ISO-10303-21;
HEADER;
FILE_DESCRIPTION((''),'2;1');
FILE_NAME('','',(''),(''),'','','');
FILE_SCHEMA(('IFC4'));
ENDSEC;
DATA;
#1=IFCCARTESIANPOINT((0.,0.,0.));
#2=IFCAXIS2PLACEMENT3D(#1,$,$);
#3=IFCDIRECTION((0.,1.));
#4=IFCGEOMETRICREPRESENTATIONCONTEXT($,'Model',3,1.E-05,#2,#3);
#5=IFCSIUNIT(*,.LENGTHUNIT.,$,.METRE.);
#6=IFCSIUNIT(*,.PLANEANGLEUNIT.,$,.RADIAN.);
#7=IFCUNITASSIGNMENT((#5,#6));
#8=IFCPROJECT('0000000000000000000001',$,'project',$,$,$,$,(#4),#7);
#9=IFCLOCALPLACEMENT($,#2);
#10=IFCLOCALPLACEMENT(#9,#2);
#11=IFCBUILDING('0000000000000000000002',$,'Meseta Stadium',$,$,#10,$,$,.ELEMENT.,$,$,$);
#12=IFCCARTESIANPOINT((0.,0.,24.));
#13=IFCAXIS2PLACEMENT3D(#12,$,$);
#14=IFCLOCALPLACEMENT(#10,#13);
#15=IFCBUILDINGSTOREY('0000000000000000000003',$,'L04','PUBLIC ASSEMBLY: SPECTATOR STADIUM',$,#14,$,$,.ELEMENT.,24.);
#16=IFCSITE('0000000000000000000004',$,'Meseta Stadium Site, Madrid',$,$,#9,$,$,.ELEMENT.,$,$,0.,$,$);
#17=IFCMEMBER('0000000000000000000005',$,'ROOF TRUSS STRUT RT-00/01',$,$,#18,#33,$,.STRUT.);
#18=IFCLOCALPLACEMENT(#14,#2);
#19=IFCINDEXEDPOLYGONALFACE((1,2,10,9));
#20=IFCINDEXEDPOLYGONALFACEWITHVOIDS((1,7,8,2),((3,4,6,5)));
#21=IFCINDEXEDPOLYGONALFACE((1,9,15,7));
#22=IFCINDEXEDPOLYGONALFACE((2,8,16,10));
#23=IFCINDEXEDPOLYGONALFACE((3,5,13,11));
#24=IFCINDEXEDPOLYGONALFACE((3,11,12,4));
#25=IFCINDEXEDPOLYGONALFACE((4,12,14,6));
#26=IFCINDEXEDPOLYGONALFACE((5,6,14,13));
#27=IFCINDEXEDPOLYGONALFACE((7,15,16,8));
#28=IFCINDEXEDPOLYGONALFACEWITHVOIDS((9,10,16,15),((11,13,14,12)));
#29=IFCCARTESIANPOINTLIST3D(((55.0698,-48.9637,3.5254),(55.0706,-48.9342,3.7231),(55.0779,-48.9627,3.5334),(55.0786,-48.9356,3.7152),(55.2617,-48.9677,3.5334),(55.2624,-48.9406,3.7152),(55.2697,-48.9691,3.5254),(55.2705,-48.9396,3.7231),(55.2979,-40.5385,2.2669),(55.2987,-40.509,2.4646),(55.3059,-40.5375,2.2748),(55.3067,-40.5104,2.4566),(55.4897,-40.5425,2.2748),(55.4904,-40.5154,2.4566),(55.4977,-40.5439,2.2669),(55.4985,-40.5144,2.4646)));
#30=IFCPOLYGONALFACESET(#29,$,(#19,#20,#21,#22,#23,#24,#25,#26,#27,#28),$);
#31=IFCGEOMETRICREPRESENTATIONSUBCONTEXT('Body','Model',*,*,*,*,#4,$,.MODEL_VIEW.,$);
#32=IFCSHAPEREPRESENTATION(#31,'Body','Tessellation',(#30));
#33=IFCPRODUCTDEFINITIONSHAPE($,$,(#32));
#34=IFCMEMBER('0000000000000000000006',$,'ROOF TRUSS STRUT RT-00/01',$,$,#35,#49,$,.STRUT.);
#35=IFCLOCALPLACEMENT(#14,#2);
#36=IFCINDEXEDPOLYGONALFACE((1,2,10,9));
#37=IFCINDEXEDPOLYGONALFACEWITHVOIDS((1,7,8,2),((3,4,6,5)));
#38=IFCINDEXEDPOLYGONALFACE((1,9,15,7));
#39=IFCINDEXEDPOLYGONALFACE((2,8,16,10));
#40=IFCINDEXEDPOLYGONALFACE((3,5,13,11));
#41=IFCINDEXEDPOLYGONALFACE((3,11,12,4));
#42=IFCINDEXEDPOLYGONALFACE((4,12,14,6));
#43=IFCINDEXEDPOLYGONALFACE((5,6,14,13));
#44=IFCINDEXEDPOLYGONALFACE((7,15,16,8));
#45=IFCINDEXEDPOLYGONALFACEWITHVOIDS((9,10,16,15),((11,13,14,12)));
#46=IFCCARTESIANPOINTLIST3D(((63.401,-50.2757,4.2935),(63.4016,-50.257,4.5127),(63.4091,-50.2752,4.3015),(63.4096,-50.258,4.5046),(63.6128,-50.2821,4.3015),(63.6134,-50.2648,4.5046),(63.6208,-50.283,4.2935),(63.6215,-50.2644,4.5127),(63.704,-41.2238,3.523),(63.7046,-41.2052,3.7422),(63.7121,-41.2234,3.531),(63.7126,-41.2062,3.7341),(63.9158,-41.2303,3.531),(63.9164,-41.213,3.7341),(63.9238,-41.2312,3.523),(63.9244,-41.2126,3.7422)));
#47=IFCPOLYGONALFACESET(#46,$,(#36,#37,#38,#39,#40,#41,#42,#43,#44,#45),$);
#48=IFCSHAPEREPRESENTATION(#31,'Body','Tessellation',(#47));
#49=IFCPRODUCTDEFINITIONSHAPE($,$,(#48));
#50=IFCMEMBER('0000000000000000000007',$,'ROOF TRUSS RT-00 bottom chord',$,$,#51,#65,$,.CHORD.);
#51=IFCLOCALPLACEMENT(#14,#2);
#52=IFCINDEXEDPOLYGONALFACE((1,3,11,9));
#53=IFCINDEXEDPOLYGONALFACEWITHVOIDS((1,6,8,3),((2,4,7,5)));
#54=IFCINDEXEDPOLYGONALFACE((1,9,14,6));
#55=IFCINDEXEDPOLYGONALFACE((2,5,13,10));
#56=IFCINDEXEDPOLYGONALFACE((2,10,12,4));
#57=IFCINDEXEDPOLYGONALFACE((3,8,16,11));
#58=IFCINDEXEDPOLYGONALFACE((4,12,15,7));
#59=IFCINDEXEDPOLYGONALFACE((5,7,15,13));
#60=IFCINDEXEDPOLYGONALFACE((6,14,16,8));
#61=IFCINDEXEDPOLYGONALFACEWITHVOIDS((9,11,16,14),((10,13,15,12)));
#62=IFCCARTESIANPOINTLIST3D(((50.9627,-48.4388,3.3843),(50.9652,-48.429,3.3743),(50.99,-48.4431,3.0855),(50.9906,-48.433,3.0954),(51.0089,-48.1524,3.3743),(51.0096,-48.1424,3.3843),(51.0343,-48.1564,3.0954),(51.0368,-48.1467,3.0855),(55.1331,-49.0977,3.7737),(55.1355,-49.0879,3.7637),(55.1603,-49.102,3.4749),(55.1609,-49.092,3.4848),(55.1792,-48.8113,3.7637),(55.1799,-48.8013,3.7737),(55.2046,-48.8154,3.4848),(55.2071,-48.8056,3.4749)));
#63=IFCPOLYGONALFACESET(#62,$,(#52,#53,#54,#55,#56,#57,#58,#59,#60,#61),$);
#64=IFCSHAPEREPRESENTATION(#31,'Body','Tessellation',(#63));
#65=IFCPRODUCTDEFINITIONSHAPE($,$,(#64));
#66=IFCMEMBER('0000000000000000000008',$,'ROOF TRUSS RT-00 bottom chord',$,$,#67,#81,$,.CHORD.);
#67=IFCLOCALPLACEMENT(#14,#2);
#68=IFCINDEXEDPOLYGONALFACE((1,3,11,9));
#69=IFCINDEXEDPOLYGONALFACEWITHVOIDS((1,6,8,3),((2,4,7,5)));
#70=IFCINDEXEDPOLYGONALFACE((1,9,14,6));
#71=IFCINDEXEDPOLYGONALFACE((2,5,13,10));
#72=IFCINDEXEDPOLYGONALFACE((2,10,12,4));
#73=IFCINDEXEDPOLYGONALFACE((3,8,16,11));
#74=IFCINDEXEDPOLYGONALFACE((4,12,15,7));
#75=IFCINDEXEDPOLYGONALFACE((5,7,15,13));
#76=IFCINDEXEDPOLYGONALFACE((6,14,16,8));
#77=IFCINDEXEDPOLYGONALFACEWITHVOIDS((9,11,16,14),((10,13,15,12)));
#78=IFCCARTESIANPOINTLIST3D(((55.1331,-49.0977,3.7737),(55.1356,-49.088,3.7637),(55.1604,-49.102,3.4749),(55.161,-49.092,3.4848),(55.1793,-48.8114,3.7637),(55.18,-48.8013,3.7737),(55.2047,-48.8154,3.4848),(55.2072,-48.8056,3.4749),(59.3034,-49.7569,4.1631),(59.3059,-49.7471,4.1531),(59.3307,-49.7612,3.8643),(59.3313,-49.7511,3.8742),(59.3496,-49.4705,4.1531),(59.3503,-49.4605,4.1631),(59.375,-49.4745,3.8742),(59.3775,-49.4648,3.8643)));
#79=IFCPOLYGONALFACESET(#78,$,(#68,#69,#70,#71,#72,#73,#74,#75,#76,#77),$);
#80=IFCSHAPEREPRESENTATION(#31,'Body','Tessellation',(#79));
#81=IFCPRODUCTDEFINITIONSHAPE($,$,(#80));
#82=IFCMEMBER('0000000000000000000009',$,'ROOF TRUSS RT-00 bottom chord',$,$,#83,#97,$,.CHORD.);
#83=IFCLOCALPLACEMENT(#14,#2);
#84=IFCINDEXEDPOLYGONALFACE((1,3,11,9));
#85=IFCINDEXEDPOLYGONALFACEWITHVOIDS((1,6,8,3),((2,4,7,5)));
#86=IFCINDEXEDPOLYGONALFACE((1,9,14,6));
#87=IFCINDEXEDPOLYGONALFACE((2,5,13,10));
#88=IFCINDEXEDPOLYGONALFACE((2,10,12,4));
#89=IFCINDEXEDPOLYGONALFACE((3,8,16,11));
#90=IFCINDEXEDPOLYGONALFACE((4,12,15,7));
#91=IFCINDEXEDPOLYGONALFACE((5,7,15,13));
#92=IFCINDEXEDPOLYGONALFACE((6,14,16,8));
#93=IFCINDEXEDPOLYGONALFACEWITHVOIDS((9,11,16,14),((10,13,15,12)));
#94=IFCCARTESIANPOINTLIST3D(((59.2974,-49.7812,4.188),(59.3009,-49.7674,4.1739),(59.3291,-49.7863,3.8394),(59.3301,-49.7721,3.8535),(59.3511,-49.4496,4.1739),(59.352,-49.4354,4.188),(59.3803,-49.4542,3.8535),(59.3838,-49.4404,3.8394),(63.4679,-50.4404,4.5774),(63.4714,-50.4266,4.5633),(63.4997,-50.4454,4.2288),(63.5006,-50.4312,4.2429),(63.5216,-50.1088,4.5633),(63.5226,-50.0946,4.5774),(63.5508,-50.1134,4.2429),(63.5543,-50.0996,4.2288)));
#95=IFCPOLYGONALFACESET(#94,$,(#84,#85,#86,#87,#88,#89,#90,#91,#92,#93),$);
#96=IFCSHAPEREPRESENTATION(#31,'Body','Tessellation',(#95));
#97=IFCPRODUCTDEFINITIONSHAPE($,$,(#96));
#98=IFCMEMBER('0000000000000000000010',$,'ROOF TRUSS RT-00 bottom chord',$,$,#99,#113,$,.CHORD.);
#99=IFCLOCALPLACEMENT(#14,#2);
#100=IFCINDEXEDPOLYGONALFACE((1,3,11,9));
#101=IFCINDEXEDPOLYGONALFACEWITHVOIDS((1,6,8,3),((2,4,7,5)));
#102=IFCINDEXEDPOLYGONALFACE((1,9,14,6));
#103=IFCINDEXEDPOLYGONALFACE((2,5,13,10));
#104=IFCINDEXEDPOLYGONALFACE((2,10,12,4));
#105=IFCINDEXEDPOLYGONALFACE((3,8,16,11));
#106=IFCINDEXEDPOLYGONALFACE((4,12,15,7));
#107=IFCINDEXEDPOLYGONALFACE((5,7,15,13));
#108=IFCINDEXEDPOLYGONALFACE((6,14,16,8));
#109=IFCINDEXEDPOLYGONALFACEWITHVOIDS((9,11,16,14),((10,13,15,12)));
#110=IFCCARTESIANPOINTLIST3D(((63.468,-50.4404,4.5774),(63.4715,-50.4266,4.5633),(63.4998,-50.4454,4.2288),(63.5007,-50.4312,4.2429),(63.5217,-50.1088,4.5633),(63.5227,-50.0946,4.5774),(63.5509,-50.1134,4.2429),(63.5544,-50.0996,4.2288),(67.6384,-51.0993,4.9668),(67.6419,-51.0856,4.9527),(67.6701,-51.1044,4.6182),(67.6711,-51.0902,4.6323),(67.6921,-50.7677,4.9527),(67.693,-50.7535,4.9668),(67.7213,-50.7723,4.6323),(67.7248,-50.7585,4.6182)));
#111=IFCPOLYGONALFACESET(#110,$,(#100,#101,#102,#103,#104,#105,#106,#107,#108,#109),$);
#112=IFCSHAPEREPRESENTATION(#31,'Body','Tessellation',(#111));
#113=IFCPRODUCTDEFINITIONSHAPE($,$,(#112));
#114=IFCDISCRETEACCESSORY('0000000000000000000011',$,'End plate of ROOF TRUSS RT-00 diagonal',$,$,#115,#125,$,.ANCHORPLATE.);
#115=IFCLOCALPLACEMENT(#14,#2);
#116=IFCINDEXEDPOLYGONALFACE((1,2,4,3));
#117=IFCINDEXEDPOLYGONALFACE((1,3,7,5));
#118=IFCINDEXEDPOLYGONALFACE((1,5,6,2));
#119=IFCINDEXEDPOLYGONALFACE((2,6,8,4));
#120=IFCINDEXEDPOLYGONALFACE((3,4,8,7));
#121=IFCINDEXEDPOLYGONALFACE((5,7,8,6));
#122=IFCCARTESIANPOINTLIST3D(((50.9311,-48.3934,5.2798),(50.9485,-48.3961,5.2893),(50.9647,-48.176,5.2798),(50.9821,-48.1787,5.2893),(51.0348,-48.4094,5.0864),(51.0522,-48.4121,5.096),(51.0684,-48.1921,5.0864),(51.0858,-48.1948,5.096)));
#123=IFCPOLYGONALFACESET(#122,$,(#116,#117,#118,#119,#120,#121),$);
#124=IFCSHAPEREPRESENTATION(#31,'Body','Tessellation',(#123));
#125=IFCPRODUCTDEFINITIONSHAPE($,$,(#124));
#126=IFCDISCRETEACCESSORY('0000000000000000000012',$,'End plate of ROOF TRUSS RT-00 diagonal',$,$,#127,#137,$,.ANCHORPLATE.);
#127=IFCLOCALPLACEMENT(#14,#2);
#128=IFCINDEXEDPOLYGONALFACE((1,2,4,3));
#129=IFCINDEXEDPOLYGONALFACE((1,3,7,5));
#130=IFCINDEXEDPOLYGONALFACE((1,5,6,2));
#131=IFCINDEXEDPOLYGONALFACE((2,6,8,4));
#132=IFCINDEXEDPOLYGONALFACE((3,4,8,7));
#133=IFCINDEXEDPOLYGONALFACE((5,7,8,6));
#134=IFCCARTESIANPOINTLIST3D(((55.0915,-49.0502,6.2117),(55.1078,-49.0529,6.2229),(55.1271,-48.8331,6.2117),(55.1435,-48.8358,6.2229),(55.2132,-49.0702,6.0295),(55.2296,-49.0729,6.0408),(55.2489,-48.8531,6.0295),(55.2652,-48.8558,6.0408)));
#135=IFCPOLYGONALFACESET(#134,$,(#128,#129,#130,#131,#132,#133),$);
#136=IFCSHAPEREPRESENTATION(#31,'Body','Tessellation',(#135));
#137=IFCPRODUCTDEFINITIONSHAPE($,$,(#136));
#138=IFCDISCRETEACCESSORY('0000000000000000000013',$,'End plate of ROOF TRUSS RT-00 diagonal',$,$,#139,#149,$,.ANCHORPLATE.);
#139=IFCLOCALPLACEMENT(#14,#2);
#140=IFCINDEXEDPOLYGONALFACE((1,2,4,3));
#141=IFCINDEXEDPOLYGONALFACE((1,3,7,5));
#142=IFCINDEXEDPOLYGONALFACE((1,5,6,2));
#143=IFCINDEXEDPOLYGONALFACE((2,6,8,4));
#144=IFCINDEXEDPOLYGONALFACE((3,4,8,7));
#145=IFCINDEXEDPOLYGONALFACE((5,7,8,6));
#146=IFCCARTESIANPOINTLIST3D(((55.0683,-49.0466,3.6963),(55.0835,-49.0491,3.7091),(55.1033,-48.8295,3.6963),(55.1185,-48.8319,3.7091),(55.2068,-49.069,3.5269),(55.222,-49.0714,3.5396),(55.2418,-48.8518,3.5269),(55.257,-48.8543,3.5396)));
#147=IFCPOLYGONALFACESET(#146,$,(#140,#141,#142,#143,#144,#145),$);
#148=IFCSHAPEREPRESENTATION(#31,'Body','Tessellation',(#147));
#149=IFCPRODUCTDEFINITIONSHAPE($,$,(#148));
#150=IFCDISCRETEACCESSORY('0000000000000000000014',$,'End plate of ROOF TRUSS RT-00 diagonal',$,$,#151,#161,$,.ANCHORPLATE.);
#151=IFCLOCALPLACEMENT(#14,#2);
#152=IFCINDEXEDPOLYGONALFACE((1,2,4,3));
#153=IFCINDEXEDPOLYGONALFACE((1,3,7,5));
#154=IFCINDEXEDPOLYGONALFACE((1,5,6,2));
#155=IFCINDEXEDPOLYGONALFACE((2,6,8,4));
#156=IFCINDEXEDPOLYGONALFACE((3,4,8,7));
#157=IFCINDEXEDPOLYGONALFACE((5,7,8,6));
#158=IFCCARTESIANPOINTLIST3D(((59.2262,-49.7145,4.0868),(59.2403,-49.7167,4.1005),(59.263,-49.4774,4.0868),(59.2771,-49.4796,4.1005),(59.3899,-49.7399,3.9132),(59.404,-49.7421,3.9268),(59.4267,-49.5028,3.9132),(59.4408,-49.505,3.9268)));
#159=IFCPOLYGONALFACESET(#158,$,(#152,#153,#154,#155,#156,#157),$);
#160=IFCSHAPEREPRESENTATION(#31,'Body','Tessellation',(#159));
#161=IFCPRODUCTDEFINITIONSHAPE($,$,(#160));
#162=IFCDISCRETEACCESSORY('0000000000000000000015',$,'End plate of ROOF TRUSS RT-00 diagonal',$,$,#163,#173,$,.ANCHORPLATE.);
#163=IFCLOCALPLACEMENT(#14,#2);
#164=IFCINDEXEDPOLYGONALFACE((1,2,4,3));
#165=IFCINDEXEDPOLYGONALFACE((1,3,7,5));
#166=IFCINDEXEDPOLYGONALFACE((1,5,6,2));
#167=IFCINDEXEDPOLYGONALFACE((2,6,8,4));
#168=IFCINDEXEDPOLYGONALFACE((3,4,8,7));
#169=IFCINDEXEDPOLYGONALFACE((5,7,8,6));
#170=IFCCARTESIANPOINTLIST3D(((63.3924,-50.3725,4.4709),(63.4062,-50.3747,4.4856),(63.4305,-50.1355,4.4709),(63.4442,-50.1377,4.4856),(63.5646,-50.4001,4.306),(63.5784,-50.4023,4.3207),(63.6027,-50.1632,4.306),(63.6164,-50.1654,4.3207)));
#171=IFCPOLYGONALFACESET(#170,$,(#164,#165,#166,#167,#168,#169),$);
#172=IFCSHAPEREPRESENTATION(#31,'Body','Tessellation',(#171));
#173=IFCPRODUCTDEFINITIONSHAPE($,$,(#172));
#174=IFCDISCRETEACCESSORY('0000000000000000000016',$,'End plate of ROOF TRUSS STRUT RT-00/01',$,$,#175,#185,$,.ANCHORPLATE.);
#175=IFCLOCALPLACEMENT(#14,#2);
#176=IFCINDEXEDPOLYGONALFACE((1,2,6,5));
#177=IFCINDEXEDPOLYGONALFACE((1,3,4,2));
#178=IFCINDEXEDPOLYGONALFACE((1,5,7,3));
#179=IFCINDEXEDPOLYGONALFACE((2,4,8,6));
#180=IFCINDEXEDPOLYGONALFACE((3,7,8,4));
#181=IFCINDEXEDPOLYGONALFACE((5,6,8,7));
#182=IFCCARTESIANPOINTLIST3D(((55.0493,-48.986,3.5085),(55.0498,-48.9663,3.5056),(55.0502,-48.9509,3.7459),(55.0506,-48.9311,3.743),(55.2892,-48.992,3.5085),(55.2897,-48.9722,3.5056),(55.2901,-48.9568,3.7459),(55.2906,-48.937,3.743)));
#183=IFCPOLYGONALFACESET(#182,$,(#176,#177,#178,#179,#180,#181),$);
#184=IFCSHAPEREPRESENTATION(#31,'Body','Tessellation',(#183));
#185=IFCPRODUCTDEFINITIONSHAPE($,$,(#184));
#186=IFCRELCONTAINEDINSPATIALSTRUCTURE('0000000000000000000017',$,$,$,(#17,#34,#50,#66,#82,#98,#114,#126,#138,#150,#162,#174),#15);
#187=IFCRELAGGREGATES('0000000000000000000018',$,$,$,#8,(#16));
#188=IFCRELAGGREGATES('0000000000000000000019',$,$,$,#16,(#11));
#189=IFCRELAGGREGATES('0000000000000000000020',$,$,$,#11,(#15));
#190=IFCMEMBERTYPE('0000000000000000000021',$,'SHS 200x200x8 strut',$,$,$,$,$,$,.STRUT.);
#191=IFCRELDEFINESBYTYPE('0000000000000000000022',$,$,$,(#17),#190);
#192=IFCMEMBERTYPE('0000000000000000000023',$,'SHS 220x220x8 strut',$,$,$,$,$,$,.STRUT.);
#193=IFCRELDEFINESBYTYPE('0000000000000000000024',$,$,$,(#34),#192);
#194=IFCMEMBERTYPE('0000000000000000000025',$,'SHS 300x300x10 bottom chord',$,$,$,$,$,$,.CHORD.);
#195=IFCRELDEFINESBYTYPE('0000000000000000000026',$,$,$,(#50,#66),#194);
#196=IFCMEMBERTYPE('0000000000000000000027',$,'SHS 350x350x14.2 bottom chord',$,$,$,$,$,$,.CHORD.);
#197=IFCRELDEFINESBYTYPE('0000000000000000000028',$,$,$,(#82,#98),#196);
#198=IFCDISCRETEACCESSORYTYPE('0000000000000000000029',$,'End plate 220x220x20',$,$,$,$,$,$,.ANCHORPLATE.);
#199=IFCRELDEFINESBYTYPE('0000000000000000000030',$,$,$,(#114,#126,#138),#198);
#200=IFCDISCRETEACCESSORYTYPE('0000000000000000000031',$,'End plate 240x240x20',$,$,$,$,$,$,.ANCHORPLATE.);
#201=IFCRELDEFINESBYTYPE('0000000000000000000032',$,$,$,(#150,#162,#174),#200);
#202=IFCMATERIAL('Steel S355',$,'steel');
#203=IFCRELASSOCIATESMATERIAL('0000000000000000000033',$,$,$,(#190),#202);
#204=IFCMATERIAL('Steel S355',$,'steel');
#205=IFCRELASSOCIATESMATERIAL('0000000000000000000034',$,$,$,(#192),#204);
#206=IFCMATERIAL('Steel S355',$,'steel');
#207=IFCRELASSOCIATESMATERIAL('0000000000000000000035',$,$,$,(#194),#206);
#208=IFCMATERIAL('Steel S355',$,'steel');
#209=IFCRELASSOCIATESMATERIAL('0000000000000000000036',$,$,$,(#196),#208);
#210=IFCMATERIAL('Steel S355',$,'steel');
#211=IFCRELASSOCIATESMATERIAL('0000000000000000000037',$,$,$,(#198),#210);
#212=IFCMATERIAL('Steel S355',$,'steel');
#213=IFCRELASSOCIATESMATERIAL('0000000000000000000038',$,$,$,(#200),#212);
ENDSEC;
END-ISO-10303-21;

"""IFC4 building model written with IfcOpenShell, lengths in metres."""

from ifc_helpers import new_model, si_unit, direction, frame, origin, origin_2d, place, context, subcontext, project, spatial, rectangle, hollow_rectangle, extrude, material, material_profile, profile_set, type_object, element, save


model = new_model("IFC4")

# Units and contexts
model_context = context("Model", 3, precision=1e-05, world=origin(), true_north=direction((0.0, 1.0)))
body_context = subcontext(model_context, "Body", "Model", "MODEL_VIEW")
ifc_project = project(units=[si_unit("LENGTHUNIT", "METRE"), si_unit("PLANEANGLEUNIT", "RADIAN")], contexts=[model_context])

# Site, building, storey
site_placement = place(None, origin())
site = spatial("IfcSite", under=ifc_project, at=site_placement, Name="Meseta Stadium Site, Madrid", CompositionType="ELEMENT", RefElevation=0.0)
building_placement = place(site_placement, origin())
building = spatial("IfcBuilding", under=site, at=building_placement, Name="Meseta Stadium", CompositionType="ELEMENT")
storey_placement = place(building_placement, frame((0.0, 0.0, 24.0)))
storey = spatial("IfcBuildingStorey", under=building, at=storey_placement, Name="L04", Description="PUBLIC ASSEMBLY: SPECTATOR STADIUM", CompositionType="ELEMENT", Elevation=24.0)

# Members
ifc_material_1 = material(Name="Steel S355", Category="steel")
ifc_material_profile_1 = material_profile(ifc_material_1, hollow_rectangle(XDim=0.2, YDim=0.2, WallThickness=0.0081, at=origin_2d()), Name="SHS 200x200x8")
ifc_profile_set_1 = profile_set([ifc_material_profile_1], Name="Steel S355")
member_type_1 = type_object("IfcMemberType", Name="SHS 200x200x8 strut", PredefinedType="STRUT", material=ifc_profile_set_1)
member_1_placement = place(storey_placement, frame((55.1702, -48.9517, 3.6243), z_axis=(0.026758, 0.988672, -0.147685), x_axis=(-0.999634, 0.027055, 0.0)))
element("IfcMember", 1, at=member_1_placement, inside=storey, type_object=member_type_1, Name="ROOF TRUSS STRUT RT-00/01", PredefinedType="STRUT", context=body_context, shape_type="SweptSolid", body=[
    extrude(hollow_rectangle(XDim=0.2, YDim=0.2, WallThickness=0.0081, at=origin_2d()), origin(), (0.0, 0.0, 1.0), 8.5217),
])
ifc_material_2 = material(Name="Steel S355", Category="steel")
ifc_material_profile_2 = material_profile(ifc_material_2, hollow_rectangle(XDim=0.22, YDim=0.22, WallThickness=0.0081, at=origin_2d()), Name="SHS 220x220x8")
ifc_profile_set_2 = profile_set([ifc_material_profile_2], Name="Steel S355")
member_type_2 = type_object("IfcMemberType", Name="SHS 220x220x8 strut", PredefinedType="STRUT", material=ifc_profile_set_2)
member_2_placement = place(storey_placement, frame((63.5112, -50.27, 4.4031), z_axis=(0.033333, 0.995843, -0.084769), x_axis=(-0.99944, 0.033453, 0.0)))
element("IfcMember", 2, at=member_2_placement, inside=storey, type_object=member_type_2, Name="ROOF TRUSS STRUT RT-00/01", PredefinedType="STRUT", context=body_context, shape_type="SweptSolid", body=[
    extrude(hollow_rectangle(XDim=0.22, YDim=0.22, WallThickness=0.0081, at=origin_2d()), origin(), (0.0, 0.0, 1.0), 9.0896),
])
ifc_material_3 = material(Name="Steel S355", Category="steel")
ifc_material_profile_3 = material_profile(ifc_material_3, hollow_rectangle(XDim=0.3, YDim=0.3, WallThickness=0.01, at=origin_2d()), Name="SHS 300x300x10")
ifc_profile_set_3 = profile_set([ifc_material_profile_3], Name="Steel S355")
member_type_3 = type_object("IfcMemberType", Name="SHS 300x300x10 bottom chord", PredefinedType="CHORD", material=ifc_profile_set_3)
for number, where, z_axis, x_axis, name in (
    (3, (50.9998, -48.2927, 3.2349), (0.983572, -0.155407, 0.091839), (0.156066, 0.987747, 0.0), "ROOF TRUSS RT-00 bottom chord"),
    (4, (55.1702, -48.9517, 3.6243), (0.983563, -0.155463, 0.091838), (0.156123, 0.987738, 0.0), "ROOF TRUSS RT-00 bottom chord"),
):
    element("IfcMember", number, at=place(storey_placement, frame(where, z_axis=z_axis, x_axis=x_axis)), inside=storey, type_object=member_type_3, Name=name, PredefinedType="CHORD", context=body_context, shape_type="SweptSolid", body=[
        extrude(hollow_rectangle(XDim=0.3, YDim=0.3, WallThickness=0.01, at=origin_2d()), origin(), (0.0, 0.0, 1.0), 4.24),
    ])
ifc_material_4 = material(Name="Steel S355", Category="steel")
ifc_material_profile_4 = material_profile(ifc_material_4, hollow_rectangle(XDim=0.3501, YDim=0.3501, WallThickness=0.0142, at=origin_2d()), Name="SHS 350x350x14.2")
ifc_profile_set_4 = profile_set([ifc_material_profile_4], Name="Steel S355")
member_type_4 = type_object("IfcMemberType", Name="SHS 350x350x14.2 bottom chord", PredefinedType="CHORD", material=ifc_profile_set_4)
member_3_placement = place(storey_placement, frame((59.3406, -49.6108, 4.0137), z_axis=(0.983565, -0.155454, 0.091833), x_axis=(0.156114, 0.987739, 0.0)))
element("IfcMember", 5, at=member_3_placement, inside=storey, type_object=member_type_4, Name="ROOF TRUSS RT-00 bottom chord", PredefinedType="CHORD", context=body_context, shape_type="SweptSolid", body=[
    extrude(hollow_rectangle(XDim=0.3501, YDim=0.3501, WallThickness=0.0142, at=origin_2d()), origin(), (0.0, 0.0, 1.0), 4.2402),
])
member_4_placement = place(storey_placement, frame((63.5112, -50.27, 4.4031), z_axis=(0.983572, -0.155407, 0.091839), x_axis=(0.156066, 0.987747, 0.0)))
element("IfcMember", 6, at=member_4_placement, inside=storey, type_object=member_type_4, Name="ROOF TRUSS RT-00 bottom chord", PredefinedType="CHORD", context=body_context, shape_type="SweptSolid", body=[
    extrude(hollow_rectangle(XDim=0.3501, YDim=0.3501, WallThickness=0.0142, at=origin_2d()), origin(), (0.0, 0.0, 1.0), 4.24),
])

# Discrete accessories
ifc_material_5 = material(Name="Steel S355", Category="steel")
ifc_material_profile_5 = material_profile(ifc_material_5, rectangle(XDim=0.22, YDim=0.22, at=origin_2d()), Name="PL 220x220")
ifc_profile_set_5 = profile_set([ifc_material_profile_5], Name="Steel S355")
discrete_accessory_type_1 = type_object("IfcDiscreteAccessoryType", Name="End plate 220x220x20", PredefinedType="ANCHORPLATE", material=ifc_profile_set_5)
for number, where, z_axis, x_axis, name in (
    (7, (50.9998, -48.2927, 5.1831), (0.868506, -0.134557, 0.477066), (0.153103, 0.98821, 0.0), "End plate of ROOF TRUSS RT-00 diagonal"),
    (8, (55.1702, -48.9517, 6.1206), (0.816952, -0.134126, 0.560892), (0.16201, 0.986789, 0.0), "End plate of ROOF TRUSS RT-00 diagonal"),
    (9, (55.155, -48.9492, 3.6116), (0.760407, -0.122646, 0.637761), (0.159232, 0.987241, 0.0), "End plate of ROOF TRUSS RT-00 diagonal"),
):
    element("IfcDiscreteAccessory", number, at=place(storey_placement, frame(where, z_axis=z_axis, x_axis=x_axis)), inside=storey, type_object=discrete_accessory_type_1, Name=name, PredefinedType="ANCHORPLATE", context=body_context, shape_type="SweptSolid", body=[
        extrude(rectangle(XDim=0.22, YDim=0.22, at=origin_2d()), origin(), (0.0, 0.0, 1.0), 0.02),
    ])
ifc_material_6 = material(Name="Steel S355", Category="steel")
ifc_material_profile_6 = material_profile(ifc_material_6, rectangle(XDim=0.24, YDim=0.24, at=origin_2d()), Name="PL 240x240")
ifc_profile_set_6 = profile_set([ifc_material_profile_6], Name="Steel S355")
discrete_accessory_type_2 = type_object("IfcDiscreteAccessoryType", Name="End plate 240x240x20", PredefinedType="ANCHORPLATE", material=ifc_profile_set_6)
discrete_accessory_1_placement = place(storey_placement, frame((59.3264, -49.6086, 4.0), z_axis=(0.71496, -0.110942, 0.690307), x_axis=(0.153337, 0.988174, 0.0)))
element("IfcDiscreteAccessory", 10, at=discrete_accessory_1_placement, inside=storey, type_object=discrete_accessory_type_2, Name="End plate of ROOF TRUSS RT-00 diagonal", PredefinedType="ANCHORPLATE", context=body_context, shape_type="SweptSolid", body=[
    extrude(rectangle(XDim=0.24, YDim=0.24, at=origin_2d()), origin(), (0.0, 0.0, 1.0), 0.0198),
])
discrete_accessory_2_placement = place(storey_placement, frame((63.4976, -50.2678, 4.3884), z_axis=(0.678252, -0.109005, 0.726699), x_axis=(0.158678, 0.98733, 0.0)))
element("IfcDiscreteAccessory", 11, at=discrete_accessory_2_placement, inside=storey, type_object=discrete_accessory_type_2, Name="End plate of ROOF TRUSS RT-00 diagonal", PredefinedType="ANCHORPLATE", context=body_context, shape_type="SweptSolid", body=[
    extrude(rectangle(XDim=0.24, YDim=0.24, at=origin_2d()), origin(), (0.0, 0.0, 1.0), 0.0203),
])
discrete_accessory_3_placement = place(storey_placement, frame((55.1697, -48.9714, 3.6272), z_axis=(0.024417, 0.988909, -0.146505), x_axis=(-0.999695, 0.024684, 0.0)))
element("IfcDiscreteAccessory", 12, at=discrete_accessory_3_placement, inside=storey, type_object=discrete_accessory_type_2, Name="End plate of ROOF TRUSS STRUT RT-00/01", PredefinedType="ANCHORPLATE", context=body_context, shape_type="SweptSolid", body=[
    extrude(rectangle(XDim=0.24, YDim=0.24, at=origin_2d()), origin(), (0.0, 0.0, 1.0), 0.02),
])

save(model, "model.ifc")
